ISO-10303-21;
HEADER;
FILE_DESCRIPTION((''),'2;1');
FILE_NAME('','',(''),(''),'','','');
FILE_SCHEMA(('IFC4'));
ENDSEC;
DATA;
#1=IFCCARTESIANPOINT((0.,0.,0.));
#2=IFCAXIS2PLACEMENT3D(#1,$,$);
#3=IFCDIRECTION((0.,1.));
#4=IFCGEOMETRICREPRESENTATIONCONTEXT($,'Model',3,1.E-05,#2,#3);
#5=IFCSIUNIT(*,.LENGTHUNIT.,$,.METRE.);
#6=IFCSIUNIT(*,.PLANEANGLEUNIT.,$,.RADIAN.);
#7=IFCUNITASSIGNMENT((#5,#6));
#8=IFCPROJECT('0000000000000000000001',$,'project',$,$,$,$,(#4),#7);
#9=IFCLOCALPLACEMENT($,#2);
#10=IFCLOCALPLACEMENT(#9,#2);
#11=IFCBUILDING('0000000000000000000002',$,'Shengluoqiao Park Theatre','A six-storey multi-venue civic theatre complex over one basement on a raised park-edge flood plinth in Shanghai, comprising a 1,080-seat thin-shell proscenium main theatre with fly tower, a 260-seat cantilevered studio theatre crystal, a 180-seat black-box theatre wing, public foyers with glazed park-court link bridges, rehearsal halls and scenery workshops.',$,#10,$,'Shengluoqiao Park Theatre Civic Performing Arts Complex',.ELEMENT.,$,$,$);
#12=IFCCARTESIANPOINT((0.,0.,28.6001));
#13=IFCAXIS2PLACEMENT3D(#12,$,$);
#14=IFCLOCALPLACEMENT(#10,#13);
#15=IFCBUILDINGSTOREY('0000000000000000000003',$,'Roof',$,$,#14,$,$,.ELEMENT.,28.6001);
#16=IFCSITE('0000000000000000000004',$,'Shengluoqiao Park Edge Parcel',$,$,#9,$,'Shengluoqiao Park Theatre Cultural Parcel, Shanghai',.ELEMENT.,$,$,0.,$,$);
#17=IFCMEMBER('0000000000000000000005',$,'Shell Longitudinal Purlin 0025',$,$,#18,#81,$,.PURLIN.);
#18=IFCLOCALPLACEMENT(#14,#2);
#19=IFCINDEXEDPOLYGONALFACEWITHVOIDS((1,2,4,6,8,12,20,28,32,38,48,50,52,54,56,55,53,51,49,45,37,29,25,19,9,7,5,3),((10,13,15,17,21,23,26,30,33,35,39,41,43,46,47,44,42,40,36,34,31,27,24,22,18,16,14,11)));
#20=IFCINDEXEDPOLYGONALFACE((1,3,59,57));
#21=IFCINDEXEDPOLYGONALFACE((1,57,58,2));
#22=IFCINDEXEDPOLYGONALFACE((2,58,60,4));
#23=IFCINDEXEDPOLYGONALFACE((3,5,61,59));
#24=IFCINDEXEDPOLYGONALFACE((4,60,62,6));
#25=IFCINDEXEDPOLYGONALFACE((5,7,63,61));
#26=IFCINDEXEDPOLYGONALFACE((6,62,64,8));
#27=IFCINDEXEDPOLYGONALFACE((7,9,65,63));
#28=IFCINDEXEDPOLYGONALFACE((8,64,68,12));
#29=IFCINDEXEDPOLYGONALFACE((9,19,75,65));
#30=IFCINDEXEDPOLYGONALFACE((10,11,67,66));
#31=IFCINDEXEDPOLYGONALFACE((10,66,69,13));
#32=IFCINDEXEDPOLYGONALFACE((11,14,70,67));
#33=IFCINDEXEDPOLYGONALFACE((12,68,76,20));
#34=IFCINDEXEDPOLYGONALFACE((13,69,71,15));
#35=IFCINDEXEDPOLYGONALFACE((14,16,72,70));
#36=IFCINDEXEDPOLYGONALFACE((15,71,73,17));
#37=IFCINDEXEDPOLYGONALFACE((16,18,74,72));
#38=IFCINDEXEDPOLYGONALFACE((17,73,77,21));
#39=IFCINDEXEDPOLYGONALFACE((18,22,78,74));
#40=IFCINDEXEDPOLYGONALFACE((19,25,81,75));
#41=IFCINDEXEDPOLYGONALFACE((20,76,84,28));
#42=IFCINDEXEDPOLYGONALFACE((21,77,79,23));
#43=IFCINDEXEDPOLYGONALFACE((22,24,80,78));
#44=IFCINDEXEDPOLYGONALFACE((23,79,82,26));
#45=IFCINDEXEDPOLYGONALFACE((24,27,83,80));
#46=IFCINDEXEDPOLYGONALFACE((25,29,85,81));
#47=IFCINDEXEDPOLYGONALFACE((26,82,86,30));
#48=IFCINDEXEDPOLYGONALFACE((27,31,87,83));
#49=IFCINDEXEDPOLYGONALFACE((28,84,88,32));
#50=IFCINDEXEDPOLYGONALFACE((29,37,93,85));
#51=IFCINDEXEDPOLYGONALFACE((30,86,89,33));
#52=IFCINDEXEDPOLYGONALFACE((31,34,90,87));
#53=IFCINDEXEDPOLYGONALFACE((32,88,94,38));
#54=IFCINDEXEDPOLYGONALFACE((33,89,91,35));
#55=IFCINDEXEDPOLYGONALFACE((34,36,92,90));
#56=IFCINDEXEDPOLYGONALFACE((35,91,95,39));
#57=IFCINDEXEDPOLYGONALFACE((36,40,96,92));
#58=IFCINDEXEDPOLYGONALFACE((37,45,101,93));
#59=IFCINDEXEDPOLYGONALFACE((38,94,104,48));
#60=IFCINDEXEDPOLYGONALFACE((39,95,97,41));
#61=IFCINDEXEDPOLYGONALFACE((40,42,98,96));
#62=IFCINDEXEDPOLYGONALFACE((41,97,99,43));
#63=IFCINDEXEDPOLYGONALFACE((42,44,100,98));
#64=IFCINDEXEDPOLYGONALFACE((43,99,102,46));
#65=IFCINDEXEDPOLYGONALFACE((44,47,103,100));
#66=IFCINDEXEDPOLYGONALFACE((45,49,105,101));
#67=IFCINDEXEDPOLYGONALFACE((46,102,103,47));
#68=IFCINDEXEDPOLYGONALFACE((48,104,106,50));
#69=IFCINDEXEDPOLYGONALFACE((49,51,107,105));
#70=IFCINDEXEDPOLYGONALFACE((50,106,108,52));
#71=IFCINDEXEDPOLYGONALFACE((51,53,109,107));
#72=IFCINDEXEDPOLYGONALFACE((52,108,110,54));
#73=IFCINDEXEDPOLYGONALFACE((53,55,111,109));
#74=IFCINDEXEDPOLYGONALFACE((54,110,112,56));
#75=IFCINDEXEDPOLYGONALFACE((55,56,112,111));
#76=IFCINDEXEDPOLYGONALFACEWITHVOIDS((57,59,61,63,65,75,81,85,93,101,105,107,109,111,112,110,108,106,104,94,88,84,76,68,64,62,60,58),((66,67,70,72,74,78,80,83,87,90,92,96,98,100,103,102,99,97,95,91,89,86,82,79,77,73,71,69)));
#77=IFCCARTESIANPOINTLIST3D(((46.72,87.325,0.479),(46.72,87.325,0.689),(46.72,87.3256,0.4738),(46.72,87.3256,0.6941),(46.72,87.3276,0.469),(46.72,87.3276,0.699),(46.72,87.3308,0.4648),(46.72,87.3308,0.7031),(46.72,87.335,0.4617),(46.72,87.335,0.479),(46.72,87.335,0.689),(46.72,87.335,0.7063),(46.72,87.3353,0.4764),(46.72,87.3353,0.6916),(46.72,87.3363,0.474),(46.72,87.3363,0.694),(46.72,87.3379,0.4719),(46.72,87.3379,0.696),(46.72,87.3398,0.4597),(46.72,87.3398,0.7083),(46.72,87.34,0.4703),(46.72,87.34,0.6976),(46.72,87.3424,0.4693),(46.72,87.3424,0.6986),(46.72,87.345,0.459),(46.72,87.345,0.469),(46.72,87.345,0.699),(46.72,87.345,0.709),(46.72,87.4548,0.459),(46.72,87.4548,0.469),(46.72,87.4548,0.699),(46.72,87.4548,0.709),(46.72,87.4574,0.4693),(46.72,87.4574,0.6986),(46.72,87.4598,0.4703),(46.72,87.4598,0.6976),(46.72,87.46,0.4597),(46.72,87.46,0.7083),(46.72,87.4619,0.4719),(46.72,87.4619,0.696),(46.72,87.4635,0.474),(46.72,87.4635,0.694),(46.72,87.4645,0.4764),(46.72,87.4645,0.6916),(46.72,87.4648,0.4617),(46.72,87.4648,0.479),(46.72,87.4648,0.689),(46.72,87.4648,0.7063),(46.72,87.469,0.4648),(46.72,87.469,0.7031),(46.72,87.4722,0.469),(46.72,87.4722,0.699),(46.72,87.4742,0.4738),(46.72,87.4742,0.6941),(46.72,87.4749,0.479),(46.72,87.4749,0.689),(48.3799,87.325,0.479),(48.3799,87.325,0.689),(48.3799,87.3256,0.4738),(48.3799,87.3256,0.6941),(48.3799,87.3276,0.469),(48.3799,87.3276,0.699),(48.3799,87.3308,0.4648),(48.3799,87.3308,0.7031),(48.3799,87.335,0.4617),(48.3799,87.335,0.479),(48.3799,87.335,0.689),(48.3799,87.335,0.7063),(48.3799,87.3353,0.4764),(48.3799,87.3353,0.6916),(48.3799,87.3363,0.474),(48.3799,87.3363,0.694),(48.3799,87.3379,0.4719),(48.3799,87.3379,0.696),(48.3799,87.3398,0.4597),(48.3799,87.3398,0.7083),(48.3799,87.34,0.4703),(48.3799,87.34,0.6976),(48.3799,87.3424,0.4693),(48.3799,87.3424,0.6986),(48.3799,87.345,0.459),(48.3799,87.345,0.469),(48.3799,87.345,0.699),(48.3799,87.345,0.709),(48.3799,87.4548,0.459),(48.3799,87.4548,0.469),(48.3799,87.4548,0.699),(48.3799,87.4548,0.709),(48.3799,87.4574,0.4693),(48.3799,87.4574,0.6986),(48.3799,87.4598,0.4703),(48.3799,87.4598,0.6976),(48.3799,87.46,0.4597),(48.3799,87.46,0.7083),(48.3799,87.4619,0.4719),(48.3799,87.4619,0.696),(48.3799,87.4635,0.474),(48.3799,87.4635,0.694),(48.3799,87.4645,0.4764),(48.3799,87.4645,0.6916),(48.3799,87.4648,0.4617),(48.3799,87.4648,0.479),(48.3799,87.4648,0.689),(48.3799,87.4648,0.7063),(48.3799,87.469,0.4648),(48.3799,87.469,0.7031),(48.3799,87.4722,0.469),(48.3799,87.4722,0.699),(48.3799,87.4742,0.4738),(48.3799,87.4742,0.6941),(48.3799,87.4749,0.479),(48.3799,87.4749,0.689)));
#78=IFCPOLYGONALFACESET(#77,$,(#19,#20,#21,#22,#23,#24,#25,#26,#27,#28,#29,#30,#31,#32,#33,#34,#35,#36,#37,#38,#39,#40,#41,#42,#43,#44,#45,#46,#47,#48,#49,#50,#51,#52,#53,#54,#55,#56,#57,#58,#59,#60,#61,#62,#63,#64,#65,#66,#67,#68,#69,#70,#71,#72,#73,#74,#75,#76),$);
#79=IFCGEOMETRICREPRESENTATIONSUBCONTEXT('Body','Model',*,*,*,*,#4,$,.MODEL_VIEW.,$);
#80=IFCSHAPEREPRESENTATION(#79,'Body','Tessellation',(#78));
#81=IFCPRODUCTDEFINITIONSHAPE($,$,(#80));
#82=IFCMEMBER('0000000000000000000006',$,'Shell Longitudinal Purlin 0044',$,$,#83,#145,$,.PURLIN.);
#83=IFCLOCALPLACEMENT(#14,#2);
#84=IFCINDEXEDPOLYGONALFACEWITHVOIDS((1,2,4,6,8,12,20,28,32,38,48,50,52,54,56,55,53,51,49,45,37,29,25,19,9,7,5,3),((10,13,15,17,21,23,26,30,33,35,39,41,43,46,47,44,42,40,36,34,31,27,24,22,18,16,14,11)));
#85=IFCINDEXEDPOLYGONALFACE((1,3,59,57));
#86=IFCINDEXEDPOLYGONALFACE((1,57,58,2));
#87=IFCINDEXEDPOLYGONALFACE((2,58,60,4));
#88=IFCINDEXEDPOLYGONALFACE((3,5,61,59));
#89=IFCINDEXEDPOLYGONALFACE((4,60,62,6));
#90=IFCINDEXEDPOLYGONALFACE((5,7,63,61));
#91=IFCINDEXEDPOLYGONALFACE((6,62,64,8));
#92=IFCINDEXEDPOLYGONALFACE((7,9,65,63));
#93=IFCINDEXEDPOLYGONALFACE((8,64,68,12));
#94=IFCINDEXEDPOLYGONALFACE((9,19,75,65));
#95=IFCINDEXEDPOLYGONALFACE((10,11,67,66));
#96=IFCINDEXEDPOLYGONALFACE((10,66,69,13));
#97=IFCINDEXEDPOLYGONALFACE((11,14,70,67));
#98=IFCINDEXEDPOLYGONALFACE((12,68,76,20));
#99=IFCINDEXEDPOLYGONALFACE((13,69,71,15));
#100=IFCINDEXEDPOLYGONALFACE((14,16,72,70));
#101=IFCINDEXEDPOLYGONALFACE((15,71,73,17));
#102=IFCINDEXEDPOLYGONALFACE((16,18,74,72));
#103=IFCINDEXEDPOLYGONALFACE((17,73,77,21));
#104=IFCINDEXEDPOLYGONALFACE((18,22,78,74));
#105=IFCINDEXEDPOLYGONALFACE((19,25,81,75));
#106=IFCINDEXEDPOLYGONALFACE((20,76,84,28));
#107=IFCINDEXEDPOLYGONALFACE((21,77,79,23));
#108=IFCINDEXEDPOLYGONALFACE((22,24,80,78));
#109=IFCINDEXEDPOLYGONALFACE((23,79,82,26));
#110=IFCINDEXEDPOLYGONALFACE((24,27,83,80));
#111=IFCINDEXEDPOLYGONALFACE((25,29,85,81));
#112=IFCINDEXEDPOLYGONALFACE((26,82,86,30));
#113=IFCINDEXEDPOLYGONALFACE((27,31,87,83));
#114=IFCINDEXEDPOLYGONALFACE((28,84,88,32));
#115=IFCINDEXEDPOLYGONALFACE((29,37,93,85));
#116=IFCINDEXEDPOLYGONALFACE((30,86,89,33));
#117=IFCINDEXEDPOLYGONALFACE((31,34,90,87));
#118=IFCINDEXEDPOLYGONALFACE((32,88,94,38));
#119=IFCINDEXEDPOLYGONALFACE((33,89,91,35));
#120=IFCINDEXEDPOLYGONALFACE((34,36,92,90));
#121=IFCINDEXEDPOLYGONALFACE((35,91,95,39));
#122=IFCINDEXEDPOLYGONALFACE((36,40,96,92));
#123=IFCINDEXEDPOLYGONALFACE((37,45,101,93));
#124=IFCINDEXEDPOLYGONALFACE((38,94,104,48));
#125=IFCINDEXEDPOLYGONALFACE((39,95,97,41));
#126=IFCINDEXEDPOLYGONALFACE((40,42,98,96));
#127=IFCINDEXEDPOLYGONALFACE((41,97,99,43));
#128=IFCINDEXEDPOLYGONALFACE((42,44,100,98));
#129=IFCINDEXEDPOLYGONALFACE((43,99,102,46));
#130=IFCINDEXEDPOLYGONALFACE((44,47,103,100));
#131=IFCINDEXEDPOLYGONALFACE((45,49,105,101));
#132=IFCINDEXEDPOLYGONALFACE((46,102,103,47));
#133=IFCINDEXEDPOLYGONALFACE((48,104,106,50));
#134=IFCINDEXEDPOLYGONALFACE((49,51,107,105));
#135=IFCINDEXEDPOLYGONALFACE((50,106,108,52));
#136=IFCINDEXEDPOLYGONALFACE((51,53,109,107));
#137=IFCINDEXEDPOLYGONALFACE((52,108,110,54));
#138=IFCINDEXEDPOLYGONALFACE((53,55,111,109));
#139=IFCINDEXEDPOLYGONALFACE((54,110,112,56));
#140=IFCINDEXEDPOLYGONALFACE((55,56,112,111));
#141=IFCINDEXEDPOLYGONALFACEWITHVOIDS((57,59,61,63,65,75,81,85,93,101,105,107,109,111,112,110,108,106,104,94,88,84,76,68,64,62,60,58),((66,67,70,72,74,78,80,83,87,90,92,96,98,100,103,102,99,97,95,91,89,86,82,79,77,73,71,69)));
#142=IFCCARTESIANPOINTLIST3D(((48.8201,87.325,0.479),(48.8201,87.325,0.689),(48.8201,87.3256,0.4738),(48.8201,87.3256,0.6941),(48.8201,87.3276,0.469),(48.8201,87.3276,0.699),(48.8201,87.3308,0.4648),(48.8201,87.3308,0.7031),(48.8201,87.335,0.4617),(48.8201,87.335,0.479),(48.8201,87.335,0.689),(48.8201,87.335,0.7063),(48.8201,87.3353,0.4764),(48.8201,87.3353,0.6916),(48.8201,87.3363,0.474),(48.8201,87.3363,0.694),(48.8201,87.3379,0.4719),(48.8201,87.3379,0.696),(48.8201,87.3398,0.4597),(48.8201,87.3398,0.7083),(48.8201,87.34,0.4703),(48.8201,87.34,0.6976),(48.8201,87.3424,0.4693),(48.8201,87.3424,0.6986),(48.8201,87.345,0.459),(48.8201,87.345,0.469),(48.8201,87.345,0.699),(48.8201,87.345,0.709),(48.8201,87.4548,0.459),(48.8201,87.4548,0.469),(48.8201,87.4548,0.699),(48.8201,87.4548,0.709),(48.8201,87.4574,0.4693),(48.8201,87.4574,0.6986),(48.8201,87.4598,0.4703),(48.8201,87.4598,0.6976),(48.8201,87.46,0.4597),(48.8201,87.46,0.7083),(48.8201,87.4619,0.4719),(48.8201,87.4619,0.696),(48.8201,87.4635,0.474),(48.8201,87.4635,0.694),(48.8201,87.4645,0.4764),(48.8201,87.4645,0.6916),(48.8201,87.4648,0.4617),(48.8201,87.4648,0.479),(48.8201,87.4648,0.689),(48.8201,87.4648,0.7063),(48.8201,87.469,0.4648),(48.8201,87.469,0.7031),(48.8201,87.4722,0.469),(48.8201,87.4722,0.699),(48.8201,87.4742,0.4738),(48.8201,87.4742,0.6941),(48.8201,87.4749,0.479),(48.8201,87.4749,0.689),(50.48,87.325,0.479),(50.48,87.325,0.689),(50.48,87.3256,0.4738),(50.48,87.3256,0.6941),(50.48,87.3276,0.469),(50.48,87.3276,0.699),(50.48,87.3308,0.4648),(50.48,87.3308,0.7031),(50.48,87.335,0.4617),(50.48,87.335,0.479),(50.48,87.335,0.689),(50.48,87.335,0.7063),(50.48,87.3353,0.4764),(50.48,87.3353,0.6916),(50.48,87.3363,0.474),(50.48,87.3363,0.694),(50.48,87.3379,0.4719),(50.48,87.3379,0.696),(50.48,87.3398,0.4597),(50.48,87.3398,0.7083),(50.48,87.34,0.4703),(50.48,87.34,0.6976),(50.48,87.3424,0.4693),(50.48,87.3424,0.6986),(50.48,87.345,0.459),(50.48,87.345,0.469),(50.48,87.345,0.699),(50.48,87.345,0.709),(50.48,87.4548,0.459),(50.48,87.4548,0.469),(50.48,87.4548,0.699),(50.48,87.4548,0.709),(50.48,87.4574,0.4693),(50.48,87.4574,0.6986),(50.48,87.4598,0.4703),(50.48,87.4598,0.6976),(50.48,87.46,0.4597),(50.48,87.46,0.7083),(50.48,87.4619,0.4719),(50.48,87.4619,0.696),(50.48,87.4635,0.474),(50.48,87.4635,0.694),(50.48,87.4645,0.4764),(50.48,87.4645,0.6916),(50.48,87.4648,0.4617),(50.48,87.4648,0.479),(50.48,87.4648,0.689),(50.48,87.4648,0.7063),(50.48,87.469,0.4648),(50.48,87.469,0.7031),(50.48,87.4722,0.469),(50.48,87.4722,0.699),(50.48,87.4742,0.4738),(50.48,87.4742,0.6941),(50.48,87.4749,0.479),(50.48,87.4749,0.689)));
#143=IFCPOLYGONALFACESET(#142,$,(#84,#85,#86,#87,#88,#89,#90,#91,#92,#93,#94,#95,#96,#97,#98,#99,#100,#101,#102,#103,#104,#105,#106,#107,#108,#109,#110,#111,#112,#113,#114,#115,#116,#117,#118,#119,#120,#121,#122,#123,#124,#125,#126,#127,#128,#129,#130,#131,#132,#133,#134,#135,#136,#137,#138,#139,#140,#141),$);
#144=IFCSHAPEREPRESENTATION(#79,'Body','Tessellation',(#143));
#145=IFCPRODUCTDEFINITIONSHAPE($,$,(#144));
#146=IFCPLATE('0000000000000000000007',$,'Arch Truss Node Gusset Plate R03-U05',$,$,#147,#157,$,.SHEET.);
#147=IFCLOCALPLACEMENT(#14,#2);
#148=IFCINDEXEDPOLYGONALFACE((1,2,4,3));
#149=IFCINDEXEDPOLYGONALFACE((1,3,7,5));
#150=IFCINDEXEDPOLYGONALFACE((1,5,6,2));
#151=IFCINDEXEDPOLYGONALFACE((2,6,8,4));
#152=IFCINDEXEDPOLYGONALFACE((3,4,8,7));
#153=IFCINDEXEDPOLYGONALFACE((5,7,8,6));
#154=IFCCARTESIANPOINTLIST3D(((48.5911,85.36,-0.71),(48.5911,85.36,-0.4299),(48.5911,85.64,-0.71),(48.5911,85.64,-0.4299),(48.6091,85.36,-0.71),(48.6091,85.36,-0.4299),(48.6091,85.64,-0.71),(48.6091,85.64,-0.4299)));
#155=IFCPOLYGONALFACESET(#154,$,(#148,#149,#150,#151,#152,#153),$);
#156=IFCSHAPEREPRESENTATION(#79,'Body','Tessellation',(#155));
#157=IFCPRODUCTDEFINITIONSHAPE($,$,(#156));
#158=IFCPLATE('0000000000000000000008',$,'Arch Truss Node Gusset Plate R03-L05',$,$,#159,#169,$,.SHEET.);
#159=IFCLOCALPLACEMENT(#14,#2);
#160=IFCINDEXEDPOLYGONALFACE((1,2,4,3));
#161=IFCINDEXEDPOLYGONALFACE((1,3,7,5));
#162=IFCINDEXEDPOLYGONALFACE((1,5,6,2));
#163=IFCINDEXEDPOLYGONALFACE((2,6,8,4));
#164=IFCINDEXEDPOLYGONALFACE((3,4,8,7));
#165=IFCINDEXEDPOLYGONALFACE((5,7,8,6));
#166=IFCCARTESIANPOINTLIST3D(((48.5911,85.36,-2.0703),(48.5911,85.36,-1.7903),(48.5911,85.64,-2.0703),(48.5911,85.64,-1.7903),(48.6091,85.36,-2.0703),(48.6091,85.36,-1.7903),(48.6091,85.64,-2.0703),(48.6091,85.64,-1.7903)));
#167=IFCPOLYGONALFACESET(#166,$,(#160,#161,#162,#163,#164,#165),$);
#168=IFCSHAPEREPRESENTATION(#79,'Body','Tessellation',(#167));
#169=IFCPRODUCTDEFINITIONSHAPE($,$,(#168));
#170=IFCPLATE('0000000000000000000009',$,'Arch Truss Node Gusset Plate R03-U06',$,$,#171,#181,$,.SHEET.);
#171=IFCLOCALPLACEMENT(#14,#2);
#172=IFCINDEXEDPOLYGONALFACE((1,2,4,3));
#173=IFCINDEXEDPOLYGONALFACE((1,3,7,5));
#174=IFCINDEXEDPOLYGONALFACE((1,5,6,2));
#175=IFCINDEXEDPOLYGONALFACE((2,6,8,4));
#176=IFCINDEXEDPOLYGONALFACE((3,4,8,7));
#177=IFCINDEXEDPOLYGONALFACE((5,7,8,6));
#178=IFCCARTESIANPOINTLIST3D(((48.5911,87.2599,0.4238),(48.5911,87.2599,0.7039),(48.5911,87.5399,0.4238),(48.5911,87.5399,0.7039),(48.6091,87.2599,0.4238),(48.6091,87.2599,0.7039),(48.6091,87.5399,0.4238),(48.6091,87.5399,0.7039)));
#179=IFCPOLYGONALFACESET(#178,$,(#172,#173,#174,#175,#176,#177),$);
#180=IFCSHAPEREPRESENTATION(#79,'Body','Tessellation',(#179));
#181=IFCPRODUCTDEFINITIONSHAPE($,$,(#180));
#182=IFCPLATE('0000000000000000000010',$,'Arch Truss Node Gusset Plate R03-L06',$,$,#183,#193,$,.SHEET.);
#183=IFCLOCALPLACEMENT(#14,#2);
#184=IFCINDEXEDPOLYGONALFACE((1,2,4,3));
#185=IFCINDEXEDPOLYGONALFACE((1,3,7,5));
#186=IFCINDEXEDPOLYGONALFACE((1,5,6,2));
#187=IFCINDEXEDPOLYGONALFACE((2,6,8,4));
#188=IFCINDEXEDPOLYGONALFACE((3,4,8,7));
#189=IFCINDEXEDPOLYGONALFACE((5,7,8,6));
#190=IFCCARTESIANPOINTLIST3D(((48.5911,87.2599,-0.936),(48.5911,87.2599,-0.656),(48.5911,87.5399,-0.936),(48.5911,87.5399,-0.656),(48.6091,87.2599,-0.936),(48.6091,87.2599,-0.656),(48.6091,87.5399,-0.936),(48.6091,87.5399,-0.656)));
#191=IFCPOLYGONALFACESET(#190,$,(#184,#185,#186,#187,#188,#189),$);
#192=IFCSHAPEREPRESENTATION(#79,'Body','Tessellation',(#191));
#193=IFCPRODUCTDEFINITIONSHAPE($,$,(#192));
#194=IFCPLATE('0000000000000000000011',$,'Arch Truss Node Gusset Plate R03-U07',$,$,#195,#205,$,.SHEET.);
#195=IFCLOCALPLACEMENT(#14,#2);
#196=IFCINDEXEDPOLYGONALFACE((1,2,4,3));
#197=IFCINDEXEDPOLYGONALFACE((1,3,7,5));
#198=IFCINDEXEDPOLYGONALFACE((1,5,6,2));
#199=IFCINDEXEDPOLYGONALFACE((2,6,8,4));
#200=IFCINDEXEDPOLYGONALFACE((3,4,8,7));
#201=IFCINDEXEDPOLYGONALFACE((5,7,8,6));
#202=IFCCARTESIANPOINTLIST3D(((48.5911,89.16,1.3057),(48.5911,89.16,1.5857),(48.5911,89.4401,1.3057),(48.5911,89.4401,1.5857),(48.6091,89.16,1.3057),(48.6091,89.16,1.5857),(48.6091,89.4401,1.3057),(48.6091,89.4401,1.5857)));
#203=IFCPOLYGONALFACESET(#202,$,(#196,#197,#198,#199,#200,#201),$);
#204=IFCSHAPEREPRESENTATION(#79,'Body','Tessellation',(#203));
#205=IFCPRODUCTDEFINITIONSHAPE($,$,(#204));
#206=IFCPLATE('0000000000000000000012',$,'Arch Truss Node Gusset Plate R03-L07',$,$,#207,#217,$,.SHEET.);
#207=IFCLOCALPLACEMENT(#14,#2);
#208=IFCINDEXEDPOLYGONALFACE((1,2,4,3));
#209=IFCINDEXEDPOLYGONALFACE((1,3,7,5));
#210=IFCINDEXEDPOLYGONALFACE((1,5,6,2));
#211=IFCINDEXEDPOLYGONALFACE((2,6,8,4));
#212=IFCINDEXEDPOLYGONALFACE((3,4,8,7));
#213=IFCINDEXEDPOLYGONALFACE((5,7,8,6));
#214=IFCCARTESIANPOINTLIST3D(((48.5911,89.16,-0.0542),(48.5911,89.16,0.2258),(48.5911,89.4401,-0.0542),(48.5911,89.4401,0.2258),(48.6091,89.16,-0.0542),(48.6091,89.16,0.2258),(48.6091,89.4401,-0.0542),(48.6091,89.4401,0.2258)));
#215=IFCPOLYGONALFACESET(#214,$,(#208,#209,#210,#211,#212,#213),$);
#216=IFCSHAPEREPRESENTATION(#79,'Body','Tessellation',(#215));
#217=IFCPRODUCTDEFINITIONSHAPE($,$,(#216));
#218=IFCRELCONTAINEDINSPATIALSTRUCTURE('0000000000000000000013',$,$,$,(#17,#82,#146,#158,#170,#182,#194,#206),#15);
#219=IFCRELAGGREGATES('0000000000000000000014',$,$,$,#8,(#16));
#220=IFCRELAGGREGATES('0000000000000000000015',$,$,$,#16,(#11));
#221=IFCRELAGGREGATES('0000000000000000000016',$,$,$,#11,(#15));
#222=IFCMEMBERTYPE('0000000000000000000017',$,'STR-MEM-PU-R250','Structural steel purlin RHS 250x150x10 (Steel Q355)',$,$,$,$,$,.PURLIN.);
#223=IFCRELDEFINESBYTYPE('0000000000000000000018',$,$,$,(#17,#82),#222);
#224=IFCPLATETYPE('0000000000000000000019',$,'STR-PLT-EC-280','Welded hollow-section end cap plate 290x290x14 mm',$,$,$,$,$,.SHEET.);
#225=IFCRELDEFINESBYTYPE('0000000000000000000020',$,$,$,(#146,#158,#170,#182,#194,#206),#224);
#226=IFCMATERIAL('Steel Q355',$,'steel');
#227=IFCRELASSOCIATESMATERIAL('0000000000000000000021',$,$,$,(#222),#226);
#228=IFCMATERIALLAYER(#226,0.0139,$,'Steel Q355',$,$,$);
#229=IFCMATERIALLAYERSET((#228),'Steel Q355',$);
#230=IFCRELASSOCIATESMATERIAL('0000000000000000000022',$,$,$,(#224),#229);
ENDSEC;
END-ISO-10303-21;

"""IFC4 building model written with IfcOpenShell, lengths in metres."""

from ifc_helpers import new_model, si_unit, direction, frame, origin, origin_2d, place, context, subcontext, project, spatial, rectangle, hollow_rectangle, extrude, material, layer, layer_set, material_profile, profile_set, type_object, element, save


model = new_model("IFC4")

# Units and contexts
model_context = context("Model", 3, precision=1e-05, world=origin(), true_north=direction((0.0, 1.0)))
body_context = subcontext(model_context, "Body", "Model", "MODEL_VIEW")
ifc_project = project(units=[si_unit("LENGTHUNIT", "METRE"), si_unit("PLANEANGLEUNIT", "RADIAN")], contexts=[model_context])

# Site, building, storey
site_placement = place(None, origin())
site = spatial("IfcSite", under=ifc_project, at=site_placement, Name="Shengluoqiao Park Edge Parcel", LongName="Shengluoqiao Park Theatre Cultural Parcel, Shanghai", CompositionType="ELEMENT", RefElevation=0.0)
building_placement = place(site_placement, origin())
building = spatial("IfcBuilding", under=site, at=building_placement, Name="Shengluoqiao Park Theatre", Description="A six-storey multi-venue civic theatre complex over one basement on a raised park-edge flood plinth in Shanghai, comprising a 1,080-seat thin-shell proscenium main theatre with fly tower, a 260-seat cantilevered studio theatre crystal, a 180-seat black-box theatre wing, public foyers with glazed park-court link bridges, rehearsal halls and scenery workshops.", LongName="Shengluoqiao Park Theatre Civic Performing Arts Complex", CompositionType="ELEMENT")
storey_placement = place(building_placement, frame((0.0, 0.0, 28.6001)))
storey = spatial("IfcBuildingStorey", under=building, at=storey_placement, Name="Roof", CompositionType="ELEMENT", Elevation=28.6001)

# Shared definitions
ifc_material_1 = material(Name="Steel Q355", Category="steel")

# Members
ifc_material_profile_1 = material_profile(ifc_material_1, hollow_rectangle(XDim=0.1499, YDim=0.25, WallThickness=0.01, InnerFilletRadius=0.01, OuterFilletRadius=0.02, at=origin_2d()), Name="RHS 250x150x10")
ifc_profile_set_1 = profile_set([ifc_material_profile_1], Name="Steel Q355")
member_type_1 = type_object("IfcMemberType", Name="STR-MEM-PU-R250", Description="Structural steel purlin RHS 250x150x10 (Steel Q355)", PredefinedType="PURLIN", material=ifc_profile_set_1)
for number, where, z_axis, x_axis, name in (
    (1, (46.72, 87.3999, 0.584), (1.0, 0.0, 0.0), (0.0, 1.0, 0.0), "Shell Longitudinal Purlin 0025"),
    (2, (48.8201, 87.3999, 0.584), (1.0, 0.0, 0.0), (0.0, 1.0, 0.0), "Shell Longitudinal Purlin 0044"),
):
    element("IfcMember", number, at=place(storey_placement, frame(where, z_axis=z_axis, x_axis=x_axis)), inside=storey, type_object=member_type_1, Name=name, PredefinedType="PURLIN", context=body_context, shape_type="SweptSolid", body=[
        extrude(hollow_rectangle(XDim=0.1499, YDim=0.25, WallThickness=0.01, InnerFilletRadius=0.01, OuterFilletRadius=0.02, at=origin_2d()), origin(), (0.0, 0.0, 1.0), 1.6599),
    ])

# Plates
ifc_layer_1 = layer(ifc_material_1, 0.0139, Name="Steel Q355")
ifc_layer_set_1 = layer_set([ifc_layer_1], Name="Steel Q355")
plate_type_1 = type_object("IfcPlateType", Name="STR-PLT-EC-280", Description="Welded hollow-section end cap plate 290x290x14 mm", PredefinedType="SHEET", material=ifc_layer_set_1)
for number, where, z_axis, x_axis, name in (
    (3, (48.6001, 85.5, -0.71), (0.0, 0.0, 1.0), (1.0, 0.0, 0.0), "Arch Truss Node Gusset Plate R03-U05"),
    (4, (48.6001, 85.5, -2.0703), (0.0, 0.0, 1.0), (1.0, 0.0, 0.0), "Arch Truss Node Gusset Plate R03-L05"),
    (5, (48.6001, 87.3999, 0.4238), (0.0, 0.0, 1.0), (1.0, 0.0, 0.0), "Arch Truss Node Gusset Plate R03-U06"),
    (6, (48.6001, 87.3999, -0.936), (0.0, 0.0, 1.0), (1.0, 0.0, 0.0), "Arch Truss Node Gusset Plate R03-L06"),
    (7, (48.6001, 89.3, 1.3057), (0.0, 0.0, 1.0), (1.0, 0.0, 0.0), "Arch Truss Node Gusset Plate R03-U07"),
    (8, (48.6001, 89.3, -0.0542), (0.0, 0.0, 1.0), (1.0, 0.0, 0.0), "Arch Truss Node Gusset Plate R03-L07"),
):
    element("IfcPlate", number, at=place(storey_placement, frame(where, z_axis=z_axis, x_axis=x_axis)), inside=storey, type_object=plate_type_1, Name=name, PredefinedType="SHEET", context=body_context, shape_type="SweptSolid", body=[
        extrude(rectangle(XDim=0.0181, YDim=0.28, at=origin_2d()), origin(), (0.0, 0.0, 1.0), 0.28),
    ])

save(model, "model.ifc")
